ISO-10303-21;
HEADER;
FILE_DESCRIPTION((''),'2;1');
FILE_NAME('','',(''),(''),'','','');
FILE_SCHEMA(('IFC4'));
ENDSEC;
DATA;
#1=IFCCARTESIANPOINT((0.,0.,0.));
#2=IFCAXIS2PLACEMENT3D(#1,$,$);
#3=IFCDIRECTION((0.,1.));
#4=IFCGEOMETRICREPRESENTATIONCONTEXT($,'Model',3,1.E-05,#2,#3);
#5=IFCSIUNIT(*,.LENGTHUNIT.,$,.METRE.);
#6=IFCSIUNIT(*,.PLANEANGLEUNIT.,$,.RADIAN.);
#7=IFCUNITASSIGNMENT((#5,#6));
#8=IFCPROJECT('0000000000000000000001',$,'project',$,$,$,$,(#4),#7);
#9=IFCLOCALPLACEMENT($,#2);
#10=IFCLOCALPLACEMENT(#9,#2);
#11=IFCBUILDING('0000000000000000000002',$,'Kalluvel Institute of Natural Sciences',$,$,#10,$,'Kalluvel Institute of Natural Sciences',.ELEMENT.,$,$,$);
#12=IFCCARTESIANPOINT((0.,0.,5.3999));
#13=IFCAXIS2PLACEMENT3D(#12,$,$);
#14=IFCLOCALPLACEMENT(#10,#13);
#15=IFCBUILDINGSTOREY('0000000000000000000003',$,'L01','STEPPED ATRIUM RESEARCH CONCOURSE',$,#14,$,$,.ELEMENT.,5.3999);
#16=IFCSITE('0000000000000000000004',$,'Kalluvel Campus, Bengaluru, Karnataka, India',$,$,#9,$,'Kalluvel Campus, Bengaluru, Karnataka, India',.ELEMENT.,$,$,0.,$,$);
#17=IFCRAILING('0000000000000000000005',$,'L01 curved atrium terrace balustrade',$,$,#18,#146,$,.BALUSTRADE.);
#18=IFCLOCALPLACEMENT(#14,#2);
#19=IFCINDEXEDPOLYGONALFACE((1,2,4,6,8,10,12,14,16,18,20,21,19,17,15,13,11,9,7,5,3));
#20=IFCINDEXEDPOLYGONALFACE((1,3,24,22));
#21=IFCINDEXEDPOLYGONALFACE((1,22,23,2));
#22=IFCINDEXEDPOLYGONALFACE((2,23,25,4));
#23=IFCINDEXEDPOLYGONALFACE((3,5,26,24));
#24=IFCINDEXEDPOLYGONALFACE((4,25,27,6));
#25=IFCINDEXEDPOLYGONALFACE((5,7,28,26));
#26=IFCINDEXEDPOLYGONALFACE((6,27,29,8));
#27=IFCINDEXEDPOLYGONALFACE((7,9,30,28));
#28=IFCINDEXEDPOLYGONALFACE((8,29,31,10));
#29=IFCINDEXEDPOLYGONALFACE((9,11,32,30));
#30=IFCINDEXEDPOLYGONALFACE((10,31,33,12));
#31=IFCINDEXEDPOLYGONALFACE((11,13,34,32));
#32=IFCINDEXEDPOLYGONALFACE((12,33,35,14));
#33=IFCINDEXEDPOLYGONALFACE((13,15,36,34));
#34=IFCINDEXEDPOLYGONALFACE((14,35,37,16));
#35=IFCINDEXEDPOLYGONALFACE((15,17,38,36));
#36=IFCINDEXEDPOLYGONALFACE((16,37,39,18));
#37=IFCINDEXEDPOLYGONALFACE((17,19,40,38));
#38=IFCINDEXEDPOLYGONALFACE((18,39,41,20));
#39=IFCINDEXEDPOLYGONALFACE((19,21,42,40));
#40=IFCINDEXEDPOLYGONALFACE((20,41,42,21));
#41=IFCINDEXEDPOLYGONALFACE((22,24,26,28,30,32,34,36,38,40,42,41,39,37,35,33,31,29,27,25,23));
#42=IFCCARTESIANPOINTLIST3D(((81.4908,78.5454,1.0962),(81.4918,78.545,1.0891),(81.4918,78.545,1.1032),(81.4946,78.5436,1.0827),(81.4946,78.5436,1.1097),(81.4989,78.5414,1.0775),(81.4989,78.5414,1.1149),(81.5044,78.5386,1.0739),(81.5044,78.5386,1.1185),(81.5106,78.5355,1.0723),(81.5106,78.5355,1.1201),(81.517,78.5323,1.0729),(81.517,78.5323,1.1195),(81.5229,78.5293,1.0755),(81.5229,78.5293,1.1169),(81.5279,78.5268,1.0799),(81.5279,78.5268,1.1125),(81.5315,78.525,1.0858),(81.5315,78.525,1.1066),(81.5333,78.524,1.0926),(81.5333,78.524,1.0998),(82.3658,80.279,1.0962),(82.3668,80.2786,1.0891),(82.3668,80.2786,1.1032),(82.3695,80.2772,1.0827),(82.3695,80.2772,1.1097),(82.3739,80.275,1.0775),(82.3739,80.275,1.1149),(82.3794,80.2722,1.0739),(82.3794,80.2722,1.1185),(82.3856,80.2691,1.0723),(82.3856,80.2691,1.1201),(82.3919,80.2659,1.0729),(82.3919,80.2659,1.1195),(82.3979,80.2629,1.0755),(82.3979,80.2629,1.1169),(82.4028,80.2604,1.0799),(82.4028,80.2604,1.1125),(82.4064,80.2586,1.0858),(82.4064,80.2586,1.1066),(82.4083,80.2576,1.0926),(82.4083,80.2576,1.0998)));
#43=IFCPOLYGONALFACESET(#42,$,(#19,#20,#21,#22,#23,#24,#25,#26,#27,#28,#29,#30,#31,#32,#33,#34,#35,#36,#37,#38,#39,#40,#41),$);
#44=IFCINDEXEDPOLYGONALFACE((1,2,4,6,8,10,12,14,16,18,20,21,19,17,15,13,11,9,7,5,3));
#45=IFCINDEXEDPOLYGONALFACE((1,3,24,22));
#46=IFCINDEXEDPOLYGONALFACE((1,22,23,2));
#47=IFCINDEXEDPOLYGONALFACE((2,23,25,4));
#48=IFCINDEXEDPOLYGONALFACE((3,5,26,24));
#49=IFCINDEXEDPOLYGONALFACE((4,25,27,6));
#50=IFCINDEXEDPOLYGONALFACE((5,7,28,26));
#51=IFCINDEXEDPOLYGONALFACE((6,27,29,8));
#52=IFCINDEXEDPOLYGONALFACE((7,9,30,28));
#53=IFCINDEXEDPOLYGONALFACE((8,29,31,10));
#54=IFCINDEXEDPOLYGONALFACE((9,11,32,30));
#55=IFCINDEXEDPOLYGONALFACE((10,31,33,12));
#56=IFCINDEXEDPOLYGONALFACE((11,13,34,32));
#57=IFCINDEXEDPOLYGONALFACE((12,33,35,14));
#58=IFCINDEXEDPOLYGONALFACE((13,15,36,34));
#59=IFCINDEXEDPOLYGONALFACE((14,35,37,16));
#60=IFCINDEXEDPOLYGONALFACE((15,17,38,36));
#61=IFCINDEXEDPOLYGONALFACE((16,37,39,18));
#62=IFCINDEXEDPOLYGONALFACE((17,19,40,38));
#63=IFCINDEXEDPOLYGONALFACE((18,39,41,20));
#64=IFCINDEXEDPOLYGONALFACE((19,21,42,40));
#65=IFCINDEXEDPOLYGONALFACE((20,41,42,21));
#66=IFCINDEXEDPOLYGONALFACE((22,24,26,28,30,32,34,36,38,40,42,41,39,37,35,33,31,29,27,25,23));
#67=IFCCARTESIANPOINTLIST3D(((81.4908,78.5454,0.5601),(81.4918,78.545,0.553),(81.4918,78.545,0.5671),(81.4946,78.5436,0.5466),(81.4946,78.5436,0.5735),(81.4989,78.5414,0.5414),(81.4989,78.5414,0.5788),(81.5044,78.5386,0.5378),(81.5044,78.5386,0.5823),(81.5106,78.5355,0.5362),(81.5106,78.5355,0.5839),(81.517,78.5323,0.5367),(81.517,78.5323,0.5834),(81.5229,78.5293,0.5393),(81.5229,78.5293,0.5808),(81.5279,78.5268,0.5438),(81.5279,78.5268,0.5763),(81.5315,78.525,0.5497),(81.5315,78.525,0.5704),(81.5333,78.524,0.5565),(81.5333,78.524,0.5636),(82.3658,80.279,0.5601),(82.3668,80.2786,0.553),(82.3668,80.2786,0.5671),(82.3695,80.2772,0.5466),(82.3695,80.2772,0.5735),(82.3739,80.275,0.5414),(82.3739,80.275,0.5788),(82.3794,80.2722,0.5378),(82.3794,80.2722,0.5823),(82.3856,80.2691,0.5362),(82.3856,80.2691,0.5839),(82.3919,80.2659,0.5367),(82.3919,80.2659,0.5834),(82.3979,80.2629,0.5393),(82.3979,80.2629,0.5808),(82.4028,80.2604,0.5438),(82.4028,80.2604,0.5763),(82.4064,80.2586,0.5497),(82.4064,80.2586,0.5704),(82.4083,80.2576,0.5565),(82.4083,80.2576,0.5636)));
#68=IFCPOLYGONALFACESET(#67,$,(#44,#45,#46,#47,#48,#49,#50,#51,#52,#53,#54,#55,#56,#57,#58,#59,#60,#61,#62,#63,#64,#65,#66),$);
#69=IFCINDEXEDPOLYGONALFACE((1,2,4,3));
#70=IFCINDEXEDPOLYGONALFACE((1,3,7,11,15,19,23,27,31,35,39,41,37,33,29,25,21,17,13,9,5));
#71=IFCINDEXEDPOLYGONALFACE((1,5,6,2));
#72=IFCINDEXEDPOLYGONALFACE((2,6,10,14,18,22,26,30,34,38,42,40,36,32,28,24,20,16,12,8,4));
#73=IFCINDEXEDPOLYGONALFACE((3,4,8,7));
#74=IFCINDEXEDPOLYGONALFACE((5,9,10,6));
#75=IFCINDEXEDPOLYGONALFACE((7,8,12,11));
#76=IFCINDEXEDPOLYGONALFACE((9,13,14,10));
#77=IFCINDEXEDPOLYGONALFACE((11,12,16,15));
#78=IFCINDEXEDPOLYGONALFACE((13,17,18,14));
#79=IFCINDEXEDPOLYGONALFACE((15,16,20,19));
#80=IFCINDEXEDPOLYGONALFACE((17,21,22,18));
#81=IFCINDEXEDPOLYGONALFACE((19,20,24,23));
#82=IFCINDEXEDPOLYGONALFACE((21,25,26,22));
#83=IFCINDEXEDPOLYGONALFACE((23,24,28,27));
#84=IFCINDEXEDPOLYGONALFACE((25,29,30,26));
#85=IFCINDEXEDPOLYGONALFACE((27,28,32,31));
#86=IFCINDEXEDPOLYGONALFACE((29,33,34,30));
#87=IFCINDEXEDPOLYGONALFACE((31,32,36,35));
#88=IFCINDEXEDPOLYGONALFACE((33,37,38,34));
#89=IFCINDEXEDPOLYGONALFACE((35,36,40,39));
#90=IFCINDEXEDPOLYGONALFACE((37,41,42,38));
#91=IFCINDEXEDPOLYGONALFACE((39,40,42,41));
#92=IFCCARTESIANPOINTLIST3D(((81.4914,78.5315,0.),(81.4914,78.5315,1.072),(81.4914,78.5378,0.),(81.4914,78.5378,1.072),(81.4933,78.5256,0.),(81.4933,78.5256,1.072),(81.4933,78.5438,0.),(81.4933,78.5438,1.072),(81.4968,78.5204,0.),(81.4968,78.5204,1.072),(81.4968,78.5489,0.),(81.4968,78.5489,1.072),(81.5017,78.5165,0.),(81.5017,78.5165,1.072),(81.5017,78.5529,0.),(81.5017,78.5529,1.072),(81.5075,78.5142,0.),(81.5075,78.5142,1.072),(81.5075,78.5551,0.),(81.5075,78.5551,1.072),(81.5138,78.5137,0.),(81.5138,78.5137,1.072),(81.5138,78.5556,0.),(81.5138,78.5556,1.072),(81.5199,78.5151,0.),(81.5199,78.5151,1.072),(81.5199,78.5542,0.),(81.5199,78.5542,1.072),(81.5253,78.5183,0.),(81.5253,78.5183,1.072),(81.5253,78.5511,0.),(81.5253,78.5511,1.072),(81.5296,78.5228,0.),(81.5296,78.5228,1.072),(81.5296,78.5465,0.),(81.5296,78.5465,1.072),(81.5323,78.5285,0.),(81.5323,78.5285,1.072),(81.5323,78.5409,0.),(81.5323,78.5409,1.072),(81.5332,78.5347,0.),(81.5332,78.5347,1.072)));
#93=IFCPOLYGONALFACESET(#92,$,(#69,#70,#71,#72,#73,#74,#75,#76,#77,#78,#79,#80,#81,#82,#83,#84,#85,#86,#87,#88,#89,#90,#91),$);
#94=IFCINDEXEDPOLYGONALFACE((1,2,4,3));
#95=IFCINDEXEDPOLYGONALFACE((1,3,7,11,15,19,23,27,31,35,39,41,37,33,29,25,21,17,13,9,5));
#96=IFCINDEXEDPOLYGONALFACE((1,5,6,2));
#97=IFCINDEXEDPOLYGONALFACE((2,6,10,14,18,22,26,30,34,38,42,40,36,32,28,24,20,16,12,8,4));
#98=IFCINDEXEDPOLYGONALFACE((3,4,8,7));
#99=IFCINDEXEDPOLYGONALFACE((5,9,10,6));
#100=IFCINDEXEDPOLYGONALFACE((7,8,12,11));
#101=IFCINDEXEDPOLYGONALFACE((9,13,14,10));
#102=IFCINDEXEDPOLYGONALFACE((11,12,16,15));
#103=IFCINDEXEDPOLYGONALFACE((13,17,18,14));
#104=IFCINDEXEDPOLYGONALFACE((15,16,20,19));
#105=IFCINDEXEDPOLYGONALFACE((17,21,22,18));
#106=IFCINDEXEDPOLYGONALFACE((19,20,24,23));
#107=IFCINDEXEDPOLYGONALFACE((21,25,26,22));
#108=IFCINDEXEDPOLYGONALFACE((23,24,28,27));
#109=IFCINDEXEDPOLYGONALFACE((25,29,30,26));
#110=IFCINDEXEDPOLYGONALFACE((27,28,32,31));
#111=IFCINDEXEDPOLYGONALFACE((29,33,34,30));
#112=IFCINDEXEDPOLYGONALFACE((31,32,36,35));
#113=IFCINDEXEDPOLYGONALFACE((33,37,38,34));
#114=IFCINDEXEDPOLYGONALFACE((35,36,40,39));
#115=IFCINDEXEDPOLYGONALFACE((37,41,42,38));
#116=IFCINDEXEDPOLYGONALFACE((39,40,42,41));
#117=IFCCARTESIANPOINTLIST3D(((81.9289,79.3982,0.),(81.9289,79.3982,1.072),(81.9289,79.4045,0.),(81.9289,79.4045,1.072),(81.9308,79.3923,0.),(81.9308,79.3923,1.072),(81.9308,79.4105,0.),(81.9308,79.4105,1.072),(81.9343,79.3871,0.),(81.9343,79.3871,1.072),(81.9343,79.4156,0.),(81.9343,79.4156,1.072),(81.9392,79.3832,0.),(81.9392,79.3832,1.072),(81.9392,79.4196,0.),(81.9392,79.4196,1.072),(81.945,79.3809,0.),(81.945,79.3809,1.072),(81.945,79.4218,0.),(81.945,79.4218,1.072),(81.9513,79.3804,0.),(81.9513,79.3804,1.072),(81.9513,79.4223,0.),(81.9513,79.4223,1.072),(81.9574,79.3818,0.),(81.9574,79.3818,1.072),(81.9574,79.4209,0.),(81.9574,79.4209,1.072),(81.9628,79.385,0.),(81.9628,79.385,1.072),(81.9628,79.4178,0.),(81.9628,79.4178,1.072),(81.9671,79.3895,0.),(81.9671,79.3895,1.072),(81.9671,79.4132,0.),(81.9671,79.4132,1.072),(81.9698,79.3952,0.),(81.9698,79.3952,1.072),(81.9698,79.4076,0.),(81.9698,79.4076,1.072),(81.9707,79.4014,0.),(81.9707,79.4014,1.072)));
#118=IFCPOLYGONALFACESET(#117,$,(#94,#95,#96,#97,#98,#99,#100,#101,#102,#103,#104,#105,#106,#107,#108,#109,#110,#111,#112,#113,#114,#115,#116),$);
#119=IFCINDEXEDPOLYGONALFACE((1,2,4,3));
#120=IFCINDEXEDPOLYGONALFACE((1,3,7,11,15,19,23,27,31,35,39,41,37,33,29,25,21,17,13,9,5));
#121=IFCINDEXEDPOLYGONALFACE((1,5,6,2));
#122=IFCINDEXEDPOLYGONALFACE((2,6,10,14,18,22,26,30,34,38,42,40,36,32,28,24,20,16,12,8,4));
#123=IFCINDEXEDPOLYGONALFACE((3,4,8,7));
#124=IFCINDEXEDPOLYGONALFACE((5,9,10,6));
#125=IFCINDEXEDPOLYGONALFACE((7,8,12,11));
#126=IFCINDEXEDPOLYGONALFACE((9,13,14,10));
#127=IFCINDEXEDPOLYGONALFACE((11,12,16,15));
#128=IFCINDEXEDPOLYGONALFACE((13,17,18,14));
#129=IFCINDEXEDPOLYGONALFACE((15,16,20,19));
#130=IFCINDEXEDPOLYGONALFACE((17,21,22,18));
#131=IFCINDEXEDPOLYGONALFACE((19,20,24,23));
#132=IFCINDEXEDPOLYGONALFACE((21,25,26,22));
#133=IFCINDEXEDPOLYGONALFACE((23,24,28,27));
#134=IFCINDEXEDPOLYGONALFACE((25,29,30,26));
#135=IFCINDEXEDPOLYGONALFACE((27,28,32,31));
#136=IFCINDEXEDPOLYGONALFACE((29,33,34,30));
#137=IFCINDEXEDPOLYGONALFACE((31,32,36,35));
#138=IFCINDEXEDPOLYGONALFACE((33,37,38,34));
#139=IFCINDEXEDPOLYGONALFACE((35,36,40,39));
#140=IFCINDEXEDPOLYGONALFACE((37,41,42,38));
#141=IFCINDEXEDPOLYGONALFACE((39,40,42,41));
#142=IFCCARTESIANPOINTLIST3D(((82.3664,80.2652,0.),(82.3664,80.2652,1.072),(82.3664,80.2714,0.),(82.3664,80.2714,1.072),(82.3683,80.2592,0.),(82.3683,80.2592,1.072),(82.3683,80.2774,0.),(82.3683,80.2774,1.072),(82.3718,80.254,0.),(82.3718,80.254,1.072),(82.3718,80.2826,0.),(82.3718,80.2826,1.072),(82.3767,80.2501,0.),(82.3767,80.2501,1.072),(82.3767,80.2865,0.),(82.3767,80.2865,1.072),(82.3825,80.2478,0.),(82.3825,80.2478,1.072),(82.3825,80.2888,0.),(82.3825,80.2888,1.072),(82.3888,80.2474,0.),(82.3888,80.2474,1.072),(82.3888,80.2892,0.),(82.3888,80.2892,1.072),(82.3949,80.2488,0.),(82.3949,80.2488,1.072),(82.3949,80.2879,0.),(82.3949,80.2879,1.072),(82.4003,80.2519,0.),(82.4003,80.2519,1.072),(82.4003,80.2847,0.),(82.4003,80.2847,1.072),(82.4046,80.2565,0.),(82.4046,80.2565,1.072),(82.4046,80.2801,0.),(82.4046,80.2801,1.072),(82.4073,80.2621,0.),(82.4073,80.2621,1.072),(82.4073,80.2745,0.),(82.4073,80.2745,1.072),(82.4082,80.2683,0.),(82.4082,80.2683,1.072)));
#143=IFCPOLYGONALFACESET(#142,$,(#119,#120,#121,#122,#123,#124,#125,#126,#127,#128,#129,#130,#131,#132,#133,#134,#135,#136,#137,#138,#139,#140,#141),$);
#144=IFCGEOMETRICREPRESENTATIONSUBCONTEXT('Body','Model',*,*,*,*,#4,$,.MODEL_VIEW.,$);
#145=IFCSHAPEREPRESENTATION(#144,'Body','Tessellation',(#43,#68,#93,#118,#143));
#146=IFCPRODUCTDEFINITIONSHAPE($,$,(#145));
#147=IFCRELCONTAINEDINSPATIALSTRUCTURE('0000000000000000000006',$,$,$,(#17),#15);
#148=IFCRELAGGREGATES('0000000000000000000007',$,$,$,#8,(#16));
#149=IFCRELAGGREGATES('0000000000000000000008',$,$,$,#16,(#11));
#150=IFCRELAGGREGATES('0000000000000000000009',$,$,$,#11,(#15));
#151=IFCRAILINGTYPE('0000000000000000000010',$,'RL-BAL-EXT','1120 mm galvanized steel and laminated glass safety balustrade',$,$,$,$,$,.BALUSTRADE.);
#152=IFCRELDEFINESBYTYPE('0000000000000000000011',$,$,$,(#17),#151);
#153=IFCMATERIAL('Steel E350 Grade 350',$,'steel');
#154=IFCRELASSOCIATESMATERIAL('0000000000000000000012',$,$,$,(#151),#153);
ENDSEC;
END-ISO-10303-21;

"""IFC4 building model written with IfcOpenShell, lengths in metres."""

from ifc_helpers import new_model, si_unit, direction, frame, origin, origin_2d, place, context, subcontext, project, spatial, circle, extrude, material, type_object, element, save


model = new_model("IFC4")

# Units and contexts
model_context = context("Model", 3, precision=1e-05, world=origin(), true_north=direction((0.0, 1.0)))
body_context = subcontext(model_context, "Body", "Model", "MODEL_VIEW")
ifc_project = project(units=[si_unit("LENGTHUNIT", "METRE"), si_unit("PLANEANGLEUNIT", "RADIAN")], contexts=[model_context])

# Site, building, storey
site_placement = place(None, origin())
site = spatial("IfcSite", under=ifc_project, at=site_placement, Name="Kalluvel Campus, Bengaluru, Karnataka, India", LongName="Kalluvel Campus, Bengaluru, Karnataka, India", CompositionType="ELEMENT", RefElevation=0.0)
building_placement = place(site_placement, origin())
building = spatial("IfcBuilding", under=site, at=building_placement, Name="Kalluvel Institute of Natural Sciences", LongName="Kalluvel Institute of Natural Sciences", CompositionType="ELEMENT")
storey_placement = place(building_placement, frame((0.0, 0.0, 5.3999)))
storey = spatial("IfcBuildingStorey", under=building, at=storey_placement, Name="L01", Description="STEPPED ATRIUM RESEARCH CONCOURSE", CompositionType="ELEMENT", Elevation=5.3999)

# Shared definitions
ifc_material_1 = material(Name="Steel E350 Grade 350", Category="steel")

# Railing
railing_type = type_object("IfcRailingType", Name="RL-BAL-EXT", Description="1120 mm galvanized steel and laminated glass safety balustrade", PredefinedType="BALUSTRADE", material=ifc_material_1)
railing_1_placement = place(storey_placement, frame((81.5122, 78.5347, 0.0)))
element("IfcRailing", 1, at=railing_1_placement, inside=storey, type_object=railing_type, Name="L01 curved atrium terrace balustrade", PredefinedType="BALUSTRADE", context=body_context, shape_type="SweptSolid", body=[
    extrude(circle(Radius=0.0239, at=origin_2d()), frame((0.0, 0.0, 1.0962), z_axis=(0.45058, 0.892736, 0.0), x_axis=(-0.892736, 0.45058, 0.0)), (0.0, 0.0, 1.0), 1.9419),
    extrude(circle(Radius=0.0239, at=origin_2d()), frame((0.0, 0.0, 0.5601), z_axis=(0.45058, 0.892736, 0.0), x_axis=(-0.892736, 0.45058, 0.0)), (0.0, 0.0, 1.0), 1.9419),
    extrude(circle(Radius=0.021, at=origin_2d()), origin(), (0.0, 0.0, 1.0), 1.072),
    extrude(circle(Radius=0.021, at=origin_2d()), frame((0.4375, 0.8667, 0.0)), (0.0, 0.0, 1.0), 1.072),
    extrude(circle(Radius=0.021, at=origin_2d()), frame((0.875, 1.7336, 0.0)), (0.0, 0.0, 1.0), 1.072),
])

save(model, "model.ifc")
